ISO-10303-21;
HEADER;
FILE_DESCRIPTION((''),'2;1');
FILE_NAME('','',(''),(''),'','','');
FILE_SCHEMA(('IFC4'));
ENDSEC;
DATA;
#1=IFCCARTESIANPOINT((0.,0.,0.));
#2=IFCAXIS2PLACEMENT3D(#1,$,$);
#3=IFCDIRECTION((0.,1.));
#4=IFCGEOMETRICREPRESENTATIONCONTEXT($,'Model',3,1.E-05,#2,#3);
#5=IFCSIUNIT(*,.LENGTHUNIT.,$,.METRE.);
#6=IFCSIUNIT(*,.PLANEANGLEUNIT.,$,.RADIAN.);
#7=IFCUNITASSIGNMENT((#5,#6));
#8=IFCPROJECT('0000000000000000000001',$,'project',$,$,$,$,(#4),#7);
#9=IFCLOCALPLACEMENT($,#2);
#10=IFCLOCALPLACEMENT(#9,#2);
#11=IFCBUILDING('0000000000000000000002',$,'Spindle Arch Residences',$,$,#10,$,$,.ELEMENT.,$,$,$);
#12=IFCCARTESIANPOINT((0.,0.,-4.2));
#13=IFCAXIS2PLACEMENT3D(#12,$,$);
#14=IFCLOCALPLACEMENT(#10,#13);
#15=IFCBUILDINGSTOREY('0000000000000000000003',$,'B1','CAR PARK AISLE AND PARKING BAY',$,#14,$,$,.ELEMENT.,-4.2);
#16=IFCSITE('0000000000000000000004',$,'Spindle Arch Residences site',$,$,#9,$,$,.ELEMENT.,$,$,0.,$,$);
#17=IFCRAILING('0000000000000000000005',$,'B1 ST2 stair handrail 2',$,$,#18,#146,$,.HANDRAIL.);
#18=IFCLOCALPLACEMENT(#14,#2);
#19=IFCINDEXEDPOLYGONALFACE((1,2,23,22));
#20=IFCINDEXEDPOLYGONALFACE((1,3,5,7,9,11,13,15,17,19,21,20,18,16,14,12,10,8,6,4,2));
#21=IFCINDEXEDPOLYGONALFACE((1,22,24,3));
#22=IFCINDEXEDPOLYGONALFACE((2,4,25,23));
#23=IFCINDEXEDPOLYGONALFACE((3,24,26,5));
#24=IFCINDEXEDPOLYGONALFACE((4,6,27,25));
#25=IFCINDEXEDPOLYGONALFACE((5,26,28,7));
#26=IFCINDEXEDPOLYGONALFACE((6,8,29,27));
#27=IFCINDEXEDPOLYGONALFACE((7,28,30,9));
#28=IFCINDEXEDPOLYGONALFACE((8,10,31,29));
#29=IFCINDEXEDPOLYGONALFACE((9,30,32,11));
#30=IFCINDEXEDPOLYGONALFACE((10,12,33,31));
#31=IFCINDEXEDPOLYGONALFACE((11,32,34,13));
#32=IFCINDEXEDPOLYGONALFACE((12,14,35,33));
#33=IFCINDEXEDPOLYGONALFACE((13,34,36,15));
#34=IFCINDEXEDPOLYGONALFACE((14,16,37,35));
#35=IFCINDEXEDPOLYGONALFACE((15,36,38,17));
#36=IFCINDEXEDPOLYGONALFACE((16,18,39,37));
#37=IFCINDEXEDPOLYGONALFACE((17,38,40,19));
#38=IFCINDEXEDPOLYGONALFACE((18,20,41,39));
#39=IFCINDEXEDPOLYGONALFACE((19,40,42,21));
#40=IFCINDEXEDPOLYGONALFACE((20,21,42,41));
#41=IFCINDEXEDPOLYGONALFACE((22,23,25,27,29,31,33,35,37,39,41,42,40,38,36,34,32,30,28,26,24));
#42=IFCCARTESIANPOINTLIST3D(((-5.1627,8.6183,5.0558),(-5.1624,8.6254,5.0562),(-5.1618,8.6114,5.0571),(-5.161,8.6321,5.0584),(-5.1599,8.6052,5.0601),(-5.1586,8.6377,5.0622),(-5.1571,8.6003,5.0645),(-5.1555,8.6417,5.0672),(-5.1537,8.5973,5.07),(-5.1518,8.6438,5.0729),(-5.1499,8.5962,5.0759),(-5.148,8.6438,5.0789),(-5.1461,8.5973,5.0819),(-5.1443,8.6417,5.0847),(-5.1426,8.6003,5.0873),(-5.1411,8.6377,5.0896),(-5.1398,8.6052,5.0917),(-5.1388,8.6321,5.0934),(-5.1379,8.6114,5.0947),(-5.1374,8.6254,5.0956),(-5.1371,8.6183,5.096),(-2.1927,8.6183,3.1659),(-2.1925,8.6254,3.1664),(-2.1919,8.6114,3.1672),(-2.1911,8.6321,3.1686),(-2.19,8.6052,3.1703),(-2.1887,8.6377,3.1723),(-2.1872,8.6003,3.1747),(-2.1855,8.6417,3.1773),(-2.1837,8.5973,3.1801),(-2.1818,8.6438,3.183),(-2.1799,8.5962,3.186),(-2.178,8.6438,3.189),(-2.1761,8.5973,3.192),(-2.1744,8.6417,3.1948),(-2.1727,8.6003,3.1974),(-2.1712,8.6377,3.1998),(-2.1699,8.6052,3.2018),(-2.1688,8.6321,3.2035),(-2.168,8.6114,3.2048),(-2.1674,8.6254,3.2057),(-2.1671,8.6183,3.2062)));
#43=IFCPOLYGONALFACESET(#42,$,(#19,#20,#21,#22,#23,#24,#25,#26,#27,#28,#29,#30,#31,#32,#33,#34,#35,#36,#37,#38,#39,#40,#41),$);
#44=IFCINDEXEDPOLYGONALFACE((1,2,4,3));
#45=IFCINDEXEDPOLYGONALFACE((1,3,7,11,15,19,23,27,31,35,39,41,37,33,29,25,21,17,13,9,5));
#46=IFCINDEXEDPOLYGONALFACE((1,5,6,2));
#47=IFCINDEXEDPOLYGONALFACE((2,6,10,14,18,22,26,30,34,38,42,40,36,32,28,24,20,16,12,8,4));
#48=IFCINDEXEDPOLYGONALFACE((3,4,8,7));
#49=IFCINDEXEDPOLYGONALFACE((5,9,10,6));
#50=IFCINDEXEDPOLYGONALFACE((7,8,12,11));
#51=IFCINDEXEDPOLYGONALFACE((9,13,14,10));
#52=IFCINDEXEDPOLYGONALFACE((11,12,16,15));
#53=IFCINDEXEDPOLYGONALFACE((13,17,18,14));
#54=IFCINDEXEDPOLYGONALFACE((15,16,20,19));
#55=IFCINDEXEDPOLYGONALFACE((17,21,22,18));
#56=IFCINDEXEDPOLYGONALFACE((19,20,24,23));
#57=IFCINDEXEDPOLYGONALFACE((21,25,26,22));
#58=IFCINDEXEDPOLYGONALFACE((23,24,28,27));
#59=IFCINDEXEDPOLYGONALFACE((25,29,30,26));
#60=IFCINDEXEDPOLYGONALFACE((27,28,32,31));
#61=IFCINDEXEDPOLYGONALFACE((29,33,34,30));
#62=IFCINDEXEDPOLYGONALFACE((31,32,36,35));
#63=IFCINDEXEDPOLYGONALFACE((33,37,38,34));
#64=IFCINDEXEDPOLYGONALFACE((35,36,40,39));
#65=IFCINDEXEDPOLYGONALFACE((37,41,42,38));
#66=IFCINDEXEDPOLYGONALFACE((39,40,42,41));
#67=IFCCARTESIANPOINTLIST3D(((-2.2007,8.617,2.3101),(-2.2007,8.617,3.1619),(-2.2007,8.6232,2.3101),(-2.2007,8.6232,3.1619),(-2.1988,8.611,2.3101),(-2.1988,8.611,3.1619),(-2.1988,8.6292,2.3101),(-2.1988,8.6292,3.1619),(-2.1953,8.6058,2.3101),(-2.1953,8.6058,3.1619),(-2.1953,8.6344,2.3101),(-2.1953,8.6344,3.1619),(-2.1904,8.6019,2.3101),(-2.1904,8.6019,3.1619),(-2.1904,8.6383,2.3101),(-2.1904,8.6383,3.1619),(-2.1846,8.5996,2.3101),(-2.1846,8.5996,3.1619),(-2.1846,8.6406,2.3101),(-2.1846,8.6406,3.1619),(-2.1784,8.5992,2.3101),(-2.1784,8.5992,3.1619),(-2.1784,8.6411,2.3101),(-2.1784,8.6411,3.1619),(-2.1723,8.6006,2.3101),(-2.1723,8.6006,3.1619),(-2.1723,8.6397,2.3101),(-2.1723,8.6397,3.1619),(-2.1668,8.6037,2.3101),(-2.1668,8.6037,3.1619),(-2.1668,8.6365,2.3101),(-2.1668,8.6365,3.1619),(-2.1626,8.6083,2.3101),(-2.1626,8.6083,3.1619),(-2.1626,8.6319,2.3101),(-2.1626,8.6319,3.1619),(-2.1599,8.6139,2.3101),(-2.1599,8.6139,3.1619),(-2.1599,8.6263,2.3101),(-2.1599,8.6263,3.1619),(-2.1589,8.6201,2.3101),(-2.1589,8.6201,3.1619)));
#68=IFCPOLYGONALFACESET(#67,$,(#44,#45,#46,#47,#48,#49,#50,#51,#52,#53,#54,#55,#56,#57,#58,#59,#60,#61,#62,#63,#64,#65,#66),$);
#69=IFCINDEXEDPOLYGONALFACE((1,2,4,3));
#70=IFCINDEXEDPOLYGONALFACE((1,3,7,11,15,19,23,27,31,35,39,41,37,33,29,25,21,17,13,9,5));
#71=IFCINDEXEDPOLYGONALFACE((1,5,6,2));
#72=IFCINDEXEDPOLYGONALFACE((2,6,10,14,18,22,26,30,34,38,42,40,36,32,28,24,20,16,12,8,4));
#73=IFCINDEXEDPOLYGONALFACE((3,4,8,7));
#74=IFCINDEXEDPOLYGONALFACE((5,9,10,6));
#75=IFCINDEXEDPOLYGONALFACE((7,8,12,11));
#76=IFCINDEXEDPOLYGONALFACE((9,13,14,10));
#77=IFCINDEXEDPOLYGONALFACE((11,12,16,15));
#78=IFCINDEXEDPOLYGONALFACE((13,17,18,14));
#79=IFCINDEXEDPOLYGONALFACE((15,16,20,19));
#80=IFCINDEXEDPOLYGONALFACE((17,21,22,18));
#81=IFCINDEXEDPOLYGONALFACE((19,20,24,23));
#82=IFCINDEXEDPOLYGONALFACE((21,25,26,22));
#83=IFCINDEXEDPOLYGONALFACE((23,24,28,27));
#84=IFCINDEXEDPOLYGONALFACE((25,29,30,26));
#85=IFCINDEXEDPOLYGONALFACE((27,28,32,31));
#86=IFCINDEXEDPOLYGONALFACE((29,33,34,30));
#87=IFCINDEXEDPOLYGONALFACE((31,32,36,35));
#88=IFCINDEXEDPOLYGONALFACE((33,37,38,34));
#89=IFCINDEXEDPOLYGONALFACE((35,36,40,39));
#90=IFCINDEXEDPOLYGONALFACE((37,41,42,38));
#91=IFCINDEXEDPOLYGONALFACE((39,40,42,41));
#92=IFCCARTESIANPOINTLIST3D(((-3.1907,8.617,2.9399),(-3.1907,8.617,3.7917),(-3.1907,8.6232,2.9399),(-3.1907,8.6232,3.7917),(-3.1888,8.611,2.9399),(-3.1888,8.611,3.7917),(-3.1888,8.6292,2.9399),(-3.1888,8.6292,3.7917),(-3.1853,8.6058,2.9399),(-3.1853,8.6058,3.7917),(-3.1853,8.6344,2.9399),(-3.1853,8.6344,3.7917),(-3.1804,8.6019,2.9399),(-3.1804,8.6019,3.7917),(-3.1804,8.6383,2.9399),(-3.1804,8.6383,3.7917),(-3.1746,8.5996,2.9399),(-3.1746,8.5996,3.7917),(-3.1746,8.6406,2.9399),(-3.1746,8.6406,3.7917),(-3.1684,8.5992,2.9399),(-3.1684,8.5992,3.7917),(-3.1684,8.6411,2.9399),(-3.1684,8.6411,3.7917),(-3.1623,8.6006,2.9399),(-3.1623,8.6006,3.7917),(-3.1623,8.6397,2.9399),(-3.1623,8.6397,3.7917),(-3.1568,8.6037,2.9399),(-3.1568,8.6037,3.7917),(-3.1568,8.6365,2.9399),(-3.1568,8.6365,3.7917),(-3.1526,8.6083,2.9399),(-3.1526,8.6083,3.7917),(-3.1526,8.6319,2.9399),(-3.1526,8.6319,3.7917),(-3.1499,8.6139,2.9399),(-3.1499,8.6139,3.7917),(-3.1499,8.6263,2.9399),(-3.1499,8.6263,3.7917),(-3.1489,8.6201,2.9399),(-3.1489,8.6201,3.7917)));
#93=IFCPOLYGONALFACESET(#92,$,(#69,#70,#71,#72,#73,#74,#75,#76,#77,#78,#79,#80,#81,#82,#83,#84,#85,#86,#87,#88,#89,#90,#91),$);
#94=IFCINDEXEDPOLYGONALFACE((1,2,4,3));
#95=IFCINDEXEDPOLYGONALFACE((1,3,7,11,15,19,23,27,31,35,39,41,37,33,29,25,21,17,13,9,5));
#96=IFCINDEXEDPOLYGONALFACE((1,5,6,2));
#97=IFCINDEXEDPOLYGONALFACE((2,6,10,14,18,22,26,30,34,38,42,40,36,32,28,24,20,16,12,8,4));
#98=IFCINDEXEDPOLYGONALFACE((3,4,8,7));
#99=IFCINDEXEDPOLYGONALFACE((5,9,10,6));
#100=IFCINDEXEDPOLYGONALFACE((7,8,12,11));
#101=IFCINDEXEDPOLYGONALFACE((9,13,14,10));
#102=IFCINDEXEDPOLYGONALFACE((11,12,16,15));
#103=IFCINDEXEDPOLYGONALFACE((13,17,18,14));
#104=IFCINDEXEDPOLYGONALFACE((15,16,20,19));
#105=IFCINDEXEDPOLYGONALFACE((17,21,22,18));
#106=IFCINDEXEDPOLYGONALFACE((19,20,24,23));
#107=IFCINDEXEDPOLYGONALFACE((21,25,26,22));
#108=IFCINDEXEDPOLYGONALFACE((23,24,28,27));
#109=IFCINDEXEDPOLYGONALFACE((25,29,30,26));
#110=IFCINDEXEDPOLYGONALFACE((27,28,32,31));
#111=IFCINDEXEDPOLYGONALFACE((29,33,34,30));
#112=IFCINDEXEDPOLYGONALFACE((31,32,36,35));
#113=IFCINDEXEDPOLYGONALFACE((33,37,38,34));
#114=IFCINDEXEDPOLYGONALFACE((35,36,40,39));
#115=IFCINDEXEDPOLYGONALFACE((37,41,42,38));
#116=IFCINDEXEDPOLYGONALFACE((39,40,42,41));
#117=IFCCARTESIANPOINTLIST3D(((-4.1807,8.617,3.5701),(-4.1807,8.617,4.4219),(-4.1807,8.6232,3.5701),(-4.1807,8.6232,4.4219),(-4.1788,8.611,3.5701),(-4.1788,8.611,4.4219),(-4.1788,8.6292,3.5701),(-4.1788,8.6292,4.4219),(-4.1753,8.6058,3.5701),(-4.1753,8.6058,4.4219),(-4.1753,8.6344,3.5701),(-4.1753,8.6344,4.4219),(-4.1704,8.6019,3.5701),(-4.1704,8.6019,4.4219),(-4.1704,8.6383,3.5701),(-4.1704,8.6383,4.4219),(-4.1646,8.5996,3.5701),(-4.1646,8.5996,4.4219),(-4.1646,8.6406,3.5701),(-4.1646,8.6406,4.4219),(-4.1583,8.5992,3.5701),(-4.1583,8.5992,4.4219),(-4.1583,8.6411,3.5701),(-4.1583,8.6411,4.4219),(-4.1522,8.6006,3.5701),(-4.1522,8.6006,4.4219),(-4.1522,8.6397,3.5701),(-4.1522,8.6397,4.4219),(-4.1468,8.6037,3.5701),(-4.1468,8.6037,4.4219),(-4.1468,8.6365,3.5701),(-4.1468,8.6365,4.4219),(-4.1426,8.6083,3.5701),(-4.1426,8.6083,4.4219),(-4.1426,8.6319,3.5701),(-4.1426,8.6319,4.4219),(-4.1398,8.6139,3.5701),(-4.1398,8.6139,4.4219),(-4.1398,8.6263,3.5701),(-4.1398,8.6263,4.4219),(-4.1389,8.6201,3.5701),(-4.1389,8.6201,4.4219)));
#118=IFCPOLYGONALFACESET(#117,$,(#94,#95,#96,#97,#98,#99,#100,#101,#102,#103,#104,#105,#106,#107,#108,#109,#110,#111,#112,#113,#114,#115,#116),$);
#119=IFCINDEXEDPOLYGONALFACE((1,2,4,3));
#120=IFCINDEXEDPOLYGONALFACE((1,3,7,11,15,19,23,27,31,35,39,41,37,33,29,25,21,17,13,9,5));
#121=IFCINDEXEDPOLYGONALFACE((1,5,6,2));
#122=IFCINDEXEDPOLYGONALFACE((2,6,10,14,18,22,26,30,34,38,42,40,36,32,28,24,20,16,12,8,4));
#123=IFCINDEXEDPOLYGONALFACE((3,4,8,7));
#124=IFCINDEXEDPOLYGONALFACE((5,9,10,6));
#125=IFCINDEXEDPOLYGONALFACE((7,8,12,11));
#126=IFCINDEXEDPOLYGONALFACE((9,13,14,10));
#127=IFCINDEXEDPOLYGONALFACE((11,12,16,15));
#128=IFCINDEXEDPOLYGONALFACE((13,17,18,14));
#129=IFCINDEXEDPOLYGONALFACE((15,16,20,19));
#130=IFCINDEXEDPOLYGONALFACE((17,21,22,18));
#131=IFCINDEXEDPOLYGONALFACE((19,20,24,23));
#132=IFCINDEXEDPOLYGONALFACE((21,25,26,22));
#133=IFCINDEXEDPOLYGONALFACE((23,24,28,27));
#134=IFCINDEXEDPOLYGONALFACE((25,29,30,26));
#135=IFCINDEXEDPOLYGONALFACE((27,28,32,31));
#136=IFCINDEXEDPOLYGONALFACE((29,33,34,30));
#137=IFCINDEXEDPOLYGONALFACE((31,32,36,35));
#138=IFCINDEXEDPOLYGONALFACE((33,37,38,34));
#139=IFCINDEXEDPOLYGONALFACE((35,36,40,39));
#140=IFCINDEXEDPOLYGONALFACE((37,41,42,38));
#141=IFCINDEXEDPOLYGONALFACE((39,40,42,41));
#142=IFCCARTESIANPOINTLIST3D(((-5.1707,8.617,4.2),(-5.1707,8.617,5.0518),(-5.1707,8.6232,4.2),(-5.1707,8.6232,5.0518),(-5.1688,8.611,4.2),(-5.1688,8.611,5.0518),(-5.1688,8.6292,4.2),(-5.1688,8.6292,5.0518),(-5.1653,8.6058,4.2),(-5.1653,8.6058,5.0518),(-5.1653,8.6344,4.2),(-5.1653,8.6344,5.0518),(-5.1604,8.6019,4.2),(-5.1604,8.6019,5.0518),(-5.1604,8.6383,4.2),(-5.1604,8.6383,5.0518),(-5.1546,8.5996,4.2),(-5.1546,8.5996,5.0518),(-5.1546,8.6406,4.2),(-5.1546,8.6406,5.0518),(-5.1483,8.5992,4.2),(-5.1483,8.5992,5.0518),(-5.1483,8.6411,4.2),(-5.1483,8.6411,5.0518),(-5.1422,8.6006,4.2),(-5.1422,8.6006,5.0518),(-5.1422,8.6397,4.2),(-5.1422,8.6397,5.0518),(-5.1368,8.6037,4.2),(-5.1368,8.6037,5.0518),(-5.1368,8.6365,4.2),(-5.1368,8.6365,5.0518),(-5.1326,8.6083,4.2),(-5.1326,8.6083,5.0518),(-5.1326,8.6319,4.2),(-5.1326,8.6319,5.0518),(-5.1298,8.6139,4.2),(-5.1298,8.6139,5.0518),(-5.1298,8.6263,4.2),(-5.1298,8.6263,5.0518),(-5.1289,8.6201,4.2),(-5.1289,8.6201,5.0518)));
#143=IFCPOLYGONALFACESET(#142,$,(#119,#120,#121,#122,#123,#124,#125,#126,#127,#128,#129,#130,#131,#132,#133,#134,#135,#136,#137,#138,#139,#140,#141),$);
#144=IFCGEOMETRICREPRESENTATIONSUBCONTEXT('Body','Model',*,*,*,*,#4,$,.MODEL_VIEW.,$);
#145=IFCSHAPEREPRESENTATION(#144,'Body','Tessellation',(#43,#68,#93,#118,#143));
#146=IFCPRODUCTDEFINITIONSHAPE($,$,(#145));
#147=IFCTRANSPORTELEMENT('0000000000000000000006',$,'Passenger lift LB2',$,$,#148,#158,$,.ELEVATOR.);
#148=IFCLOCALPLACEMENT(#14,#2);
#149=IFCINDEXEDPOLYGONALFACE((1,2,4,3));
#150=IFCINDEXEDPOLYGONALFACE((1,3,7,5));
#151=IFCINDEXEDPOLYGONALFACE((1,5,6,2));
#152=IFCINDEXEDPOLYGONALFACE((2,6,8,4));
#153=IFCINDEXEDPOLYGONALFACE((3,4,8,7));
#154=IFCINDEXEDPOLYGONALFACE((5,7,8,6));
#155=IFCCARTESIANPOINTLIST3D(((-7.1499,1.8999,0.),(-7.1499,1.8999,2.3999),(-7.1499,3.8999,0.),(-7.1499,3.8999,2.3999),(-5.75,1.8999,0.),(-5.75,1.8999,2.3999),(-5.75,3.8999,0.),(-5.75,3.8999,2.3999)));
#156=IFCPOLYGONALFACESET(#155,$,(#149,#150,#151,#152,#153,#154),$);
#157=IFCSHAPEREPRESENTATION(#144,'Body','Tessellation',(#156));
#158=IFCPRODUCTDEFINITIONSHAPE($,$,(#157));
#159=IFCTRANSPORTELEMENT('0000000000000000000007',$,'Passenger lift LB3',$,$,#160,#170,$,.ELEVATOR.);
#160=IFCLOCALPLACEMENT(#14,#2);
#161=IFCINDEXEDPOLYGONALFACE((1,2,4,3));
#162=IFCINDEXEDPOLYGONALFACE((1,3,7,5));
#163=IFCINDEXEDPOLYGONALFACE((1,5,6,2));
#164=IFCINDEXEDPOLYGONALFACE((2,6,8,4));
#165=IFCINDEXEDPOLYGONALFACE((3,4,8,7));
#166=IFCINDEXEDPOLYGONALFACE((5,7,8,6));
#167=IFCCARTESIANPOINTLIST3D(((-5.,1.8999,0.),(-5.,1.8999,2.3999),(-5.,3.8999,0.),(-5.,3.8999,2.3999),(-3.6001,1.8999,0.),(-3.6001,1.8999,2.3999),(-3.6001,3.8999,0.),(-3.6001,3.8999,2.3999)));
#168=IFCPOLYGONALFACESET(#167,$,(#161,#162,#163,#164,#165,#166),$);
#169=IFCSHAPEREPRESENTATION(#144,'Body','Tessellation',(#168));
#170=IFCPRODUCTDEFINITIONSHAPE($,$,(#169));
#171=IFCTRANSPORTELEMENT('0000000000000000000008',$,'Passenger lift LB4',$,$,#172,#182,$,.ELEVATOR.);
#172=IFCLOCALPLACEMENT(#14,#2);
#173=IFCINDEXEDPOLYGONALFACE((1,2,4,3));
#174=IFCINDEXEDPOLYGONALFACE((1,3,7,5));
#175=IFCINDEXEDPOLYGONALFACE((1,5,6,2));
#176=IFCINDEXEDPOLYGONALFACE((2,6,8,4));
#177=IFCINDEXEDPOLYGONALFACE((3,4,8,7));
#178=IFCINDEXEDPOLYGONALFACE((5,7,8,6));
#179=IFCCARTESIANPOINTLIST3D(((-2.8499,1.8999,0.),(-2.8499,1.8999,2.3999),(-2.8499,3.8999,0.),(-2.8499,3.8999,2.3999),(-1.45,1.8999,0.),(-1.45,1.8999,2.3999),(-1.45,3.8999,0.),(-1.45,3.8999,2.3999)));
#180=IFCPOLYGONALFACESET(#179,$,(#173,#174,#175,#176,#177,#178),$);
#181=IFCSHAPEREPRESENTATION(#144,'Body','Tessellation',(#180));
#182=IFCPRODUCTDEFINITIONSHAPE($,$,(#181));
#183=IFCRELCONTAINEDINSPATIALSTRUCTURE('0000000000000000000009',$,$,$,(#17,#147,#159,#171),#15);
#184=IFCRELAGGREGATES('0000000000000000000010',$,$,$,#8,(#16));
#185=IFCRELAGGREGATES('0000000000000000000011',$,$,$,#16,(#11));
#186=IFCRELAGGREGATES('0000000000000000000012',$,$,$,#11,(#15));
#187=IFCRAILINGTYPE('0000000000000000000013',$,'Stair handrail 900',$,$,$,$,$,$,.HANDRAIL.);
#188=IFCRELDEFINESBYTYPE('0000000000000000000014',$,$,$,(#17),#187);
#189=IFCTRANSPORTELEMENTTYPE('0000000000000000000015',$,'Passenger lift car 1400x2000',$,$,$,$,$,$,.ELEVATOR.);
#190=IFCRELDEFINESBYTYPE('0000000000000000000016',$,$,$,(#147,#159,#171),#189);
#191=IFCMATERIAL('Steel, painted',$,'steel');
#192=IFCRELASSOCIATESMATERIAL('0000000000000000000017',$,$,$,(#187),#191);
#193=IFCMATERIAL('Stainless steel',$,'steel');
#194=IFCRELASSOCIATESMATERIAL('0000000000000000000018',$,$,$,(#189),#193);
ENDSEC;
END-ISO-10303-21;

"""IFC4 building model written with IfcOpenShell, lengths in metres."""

from ifc_helpers import new_model, si_unit, direction, frame, origin, origin_2d, place, context, subcontext, project, spatial, rectangle, circle, extrude, material, type_object, element, save


model = new_model("IFC4")

# Units and contexts
model_context = context("Model", 3, precision=1e-05, world=origin(), true_north=direction((0.0, 1.0)))
body_context = subcontext(model_context, "Body", "Model", "MODEL_VIEW")
ifc_project = project(units=[si_unit("LENGTHUNIT", "METRE"), si_unit("PLANEANGLEUNIT", "RADIAN")], contexts=[model_context])

# Site, building, storey
site_placement = place(None, origin())
site = spatial("IfcSite", under=ifc_project, at=site_placement, Name="Spindle Arch Residences site", CompositionType="ELEMENT", RefElevation=0.0)
building_placement = place(site_placement, origin())
building = spatial("IfcBuilding", under=site, at=building_placement, Name="Spindle Arch Residences", CompositionType="ELEMENT")
storey_placement = place(building_placement, frame((0.0, 0.0, -4.2)))
storey = spatial("IfcBuildingStorey", under=building, at=storey_placement, Name="B1", Description="CAR PARK AISLE AND PARKING BAY", CompositionType="ELEMENT", Elevation=-4.2)

# Railing
ifc_material_1 = material(Name="Steel, painted", Category="steel")
railing_type_1 = type_object("IfcRailingType", Name="Stair handrail 900", PredefinedType="HANDRAIL", material=ifc_material_1)
railing_1_placement = place(storey_placement, frame((-2.1799, 8.6201, 2.3101)))
element("IfcRailing", 1, at=railing_1_placement, inside=storey, type_object=railing_type_1, Name="B1 ST2 stair handrail 2", PredefinedType="HANDRAIL", context=body_context, shape_type="SweptSolid", body=[
    extrude(circle(Radius=0.0239, at=origin_2d()), frame((0.0, 0.0, 0.876), z_axis=(-0.843673, 0.0, 0.536858), x_axis=(0.0, -1.0, 0.0)), (0.0, 0.0, 1.0), 3.5203),
    extrude(circle(Radius=0.021, at=origin_2d()), origin(), (0.0, 0.0, 1.0), 0.8518),
    extrude(circle(Radius=0.021, at=origin_2d()), frame((-0.99, 0.0, 0.6299)), (0.0, 0.0, 1.0), 0.8518),
    extrude(circle(Radius=0.021, at=origin_2d()), frame((-1.98, 0.0, 1.26)), (0.0, 0.0, 1.0), 0.8518),
    extrude(circle(Radius=0.021, at=origin_2d()), frame((-2.97, 0.0, 1.8899)), (0.0, 0.0, 1.0), 0.8518),
])

# Transport elements
ifc_material_2 = material(Name="Stainless steel", Category="steel")
transport_element_type = type_object("IfcTransportElementType", Name="Passenger lift car 1400x2000", PredefinedType="ELEVATOR", material=ifc_material_2)
for number, where, z_axis, x_axis, name in (
    (2, (-6.45, 2.8999, 0.0), (0.0, 0.0, 1.0), (1.0, 0.0, 0.0), "Passenger lift LB2"),
    (3, (-4.3, 2.8999, 0.0), (0.0, 0.0, 1.0), (1.0, 0.0, 0.0), "Passenger lift LB3"),
    (4, (-2.1499, 2.8999, 0.0), (0.0, 0.0, 1.0), (1.0, 0.0, 0.0), "Passenger lift LB4"),
):
    element("IfcTransportElement", number, at=place(storey_placement, frame(where, z_axis=z_axis, x_axis=x_axis)), inside=storey, type_object=transport_element_type, Name=name, PredefinedType="ELEVATOR", context=body_context, shape_type="SweptSolid", body=[
        extrude(rectangle(XDim=1.3999, YDim=2.0, at=origin_2d()), origin(), (0.0, 0.0, 1.0), 2.3999),
    ])

save(model, "model.ifc")
